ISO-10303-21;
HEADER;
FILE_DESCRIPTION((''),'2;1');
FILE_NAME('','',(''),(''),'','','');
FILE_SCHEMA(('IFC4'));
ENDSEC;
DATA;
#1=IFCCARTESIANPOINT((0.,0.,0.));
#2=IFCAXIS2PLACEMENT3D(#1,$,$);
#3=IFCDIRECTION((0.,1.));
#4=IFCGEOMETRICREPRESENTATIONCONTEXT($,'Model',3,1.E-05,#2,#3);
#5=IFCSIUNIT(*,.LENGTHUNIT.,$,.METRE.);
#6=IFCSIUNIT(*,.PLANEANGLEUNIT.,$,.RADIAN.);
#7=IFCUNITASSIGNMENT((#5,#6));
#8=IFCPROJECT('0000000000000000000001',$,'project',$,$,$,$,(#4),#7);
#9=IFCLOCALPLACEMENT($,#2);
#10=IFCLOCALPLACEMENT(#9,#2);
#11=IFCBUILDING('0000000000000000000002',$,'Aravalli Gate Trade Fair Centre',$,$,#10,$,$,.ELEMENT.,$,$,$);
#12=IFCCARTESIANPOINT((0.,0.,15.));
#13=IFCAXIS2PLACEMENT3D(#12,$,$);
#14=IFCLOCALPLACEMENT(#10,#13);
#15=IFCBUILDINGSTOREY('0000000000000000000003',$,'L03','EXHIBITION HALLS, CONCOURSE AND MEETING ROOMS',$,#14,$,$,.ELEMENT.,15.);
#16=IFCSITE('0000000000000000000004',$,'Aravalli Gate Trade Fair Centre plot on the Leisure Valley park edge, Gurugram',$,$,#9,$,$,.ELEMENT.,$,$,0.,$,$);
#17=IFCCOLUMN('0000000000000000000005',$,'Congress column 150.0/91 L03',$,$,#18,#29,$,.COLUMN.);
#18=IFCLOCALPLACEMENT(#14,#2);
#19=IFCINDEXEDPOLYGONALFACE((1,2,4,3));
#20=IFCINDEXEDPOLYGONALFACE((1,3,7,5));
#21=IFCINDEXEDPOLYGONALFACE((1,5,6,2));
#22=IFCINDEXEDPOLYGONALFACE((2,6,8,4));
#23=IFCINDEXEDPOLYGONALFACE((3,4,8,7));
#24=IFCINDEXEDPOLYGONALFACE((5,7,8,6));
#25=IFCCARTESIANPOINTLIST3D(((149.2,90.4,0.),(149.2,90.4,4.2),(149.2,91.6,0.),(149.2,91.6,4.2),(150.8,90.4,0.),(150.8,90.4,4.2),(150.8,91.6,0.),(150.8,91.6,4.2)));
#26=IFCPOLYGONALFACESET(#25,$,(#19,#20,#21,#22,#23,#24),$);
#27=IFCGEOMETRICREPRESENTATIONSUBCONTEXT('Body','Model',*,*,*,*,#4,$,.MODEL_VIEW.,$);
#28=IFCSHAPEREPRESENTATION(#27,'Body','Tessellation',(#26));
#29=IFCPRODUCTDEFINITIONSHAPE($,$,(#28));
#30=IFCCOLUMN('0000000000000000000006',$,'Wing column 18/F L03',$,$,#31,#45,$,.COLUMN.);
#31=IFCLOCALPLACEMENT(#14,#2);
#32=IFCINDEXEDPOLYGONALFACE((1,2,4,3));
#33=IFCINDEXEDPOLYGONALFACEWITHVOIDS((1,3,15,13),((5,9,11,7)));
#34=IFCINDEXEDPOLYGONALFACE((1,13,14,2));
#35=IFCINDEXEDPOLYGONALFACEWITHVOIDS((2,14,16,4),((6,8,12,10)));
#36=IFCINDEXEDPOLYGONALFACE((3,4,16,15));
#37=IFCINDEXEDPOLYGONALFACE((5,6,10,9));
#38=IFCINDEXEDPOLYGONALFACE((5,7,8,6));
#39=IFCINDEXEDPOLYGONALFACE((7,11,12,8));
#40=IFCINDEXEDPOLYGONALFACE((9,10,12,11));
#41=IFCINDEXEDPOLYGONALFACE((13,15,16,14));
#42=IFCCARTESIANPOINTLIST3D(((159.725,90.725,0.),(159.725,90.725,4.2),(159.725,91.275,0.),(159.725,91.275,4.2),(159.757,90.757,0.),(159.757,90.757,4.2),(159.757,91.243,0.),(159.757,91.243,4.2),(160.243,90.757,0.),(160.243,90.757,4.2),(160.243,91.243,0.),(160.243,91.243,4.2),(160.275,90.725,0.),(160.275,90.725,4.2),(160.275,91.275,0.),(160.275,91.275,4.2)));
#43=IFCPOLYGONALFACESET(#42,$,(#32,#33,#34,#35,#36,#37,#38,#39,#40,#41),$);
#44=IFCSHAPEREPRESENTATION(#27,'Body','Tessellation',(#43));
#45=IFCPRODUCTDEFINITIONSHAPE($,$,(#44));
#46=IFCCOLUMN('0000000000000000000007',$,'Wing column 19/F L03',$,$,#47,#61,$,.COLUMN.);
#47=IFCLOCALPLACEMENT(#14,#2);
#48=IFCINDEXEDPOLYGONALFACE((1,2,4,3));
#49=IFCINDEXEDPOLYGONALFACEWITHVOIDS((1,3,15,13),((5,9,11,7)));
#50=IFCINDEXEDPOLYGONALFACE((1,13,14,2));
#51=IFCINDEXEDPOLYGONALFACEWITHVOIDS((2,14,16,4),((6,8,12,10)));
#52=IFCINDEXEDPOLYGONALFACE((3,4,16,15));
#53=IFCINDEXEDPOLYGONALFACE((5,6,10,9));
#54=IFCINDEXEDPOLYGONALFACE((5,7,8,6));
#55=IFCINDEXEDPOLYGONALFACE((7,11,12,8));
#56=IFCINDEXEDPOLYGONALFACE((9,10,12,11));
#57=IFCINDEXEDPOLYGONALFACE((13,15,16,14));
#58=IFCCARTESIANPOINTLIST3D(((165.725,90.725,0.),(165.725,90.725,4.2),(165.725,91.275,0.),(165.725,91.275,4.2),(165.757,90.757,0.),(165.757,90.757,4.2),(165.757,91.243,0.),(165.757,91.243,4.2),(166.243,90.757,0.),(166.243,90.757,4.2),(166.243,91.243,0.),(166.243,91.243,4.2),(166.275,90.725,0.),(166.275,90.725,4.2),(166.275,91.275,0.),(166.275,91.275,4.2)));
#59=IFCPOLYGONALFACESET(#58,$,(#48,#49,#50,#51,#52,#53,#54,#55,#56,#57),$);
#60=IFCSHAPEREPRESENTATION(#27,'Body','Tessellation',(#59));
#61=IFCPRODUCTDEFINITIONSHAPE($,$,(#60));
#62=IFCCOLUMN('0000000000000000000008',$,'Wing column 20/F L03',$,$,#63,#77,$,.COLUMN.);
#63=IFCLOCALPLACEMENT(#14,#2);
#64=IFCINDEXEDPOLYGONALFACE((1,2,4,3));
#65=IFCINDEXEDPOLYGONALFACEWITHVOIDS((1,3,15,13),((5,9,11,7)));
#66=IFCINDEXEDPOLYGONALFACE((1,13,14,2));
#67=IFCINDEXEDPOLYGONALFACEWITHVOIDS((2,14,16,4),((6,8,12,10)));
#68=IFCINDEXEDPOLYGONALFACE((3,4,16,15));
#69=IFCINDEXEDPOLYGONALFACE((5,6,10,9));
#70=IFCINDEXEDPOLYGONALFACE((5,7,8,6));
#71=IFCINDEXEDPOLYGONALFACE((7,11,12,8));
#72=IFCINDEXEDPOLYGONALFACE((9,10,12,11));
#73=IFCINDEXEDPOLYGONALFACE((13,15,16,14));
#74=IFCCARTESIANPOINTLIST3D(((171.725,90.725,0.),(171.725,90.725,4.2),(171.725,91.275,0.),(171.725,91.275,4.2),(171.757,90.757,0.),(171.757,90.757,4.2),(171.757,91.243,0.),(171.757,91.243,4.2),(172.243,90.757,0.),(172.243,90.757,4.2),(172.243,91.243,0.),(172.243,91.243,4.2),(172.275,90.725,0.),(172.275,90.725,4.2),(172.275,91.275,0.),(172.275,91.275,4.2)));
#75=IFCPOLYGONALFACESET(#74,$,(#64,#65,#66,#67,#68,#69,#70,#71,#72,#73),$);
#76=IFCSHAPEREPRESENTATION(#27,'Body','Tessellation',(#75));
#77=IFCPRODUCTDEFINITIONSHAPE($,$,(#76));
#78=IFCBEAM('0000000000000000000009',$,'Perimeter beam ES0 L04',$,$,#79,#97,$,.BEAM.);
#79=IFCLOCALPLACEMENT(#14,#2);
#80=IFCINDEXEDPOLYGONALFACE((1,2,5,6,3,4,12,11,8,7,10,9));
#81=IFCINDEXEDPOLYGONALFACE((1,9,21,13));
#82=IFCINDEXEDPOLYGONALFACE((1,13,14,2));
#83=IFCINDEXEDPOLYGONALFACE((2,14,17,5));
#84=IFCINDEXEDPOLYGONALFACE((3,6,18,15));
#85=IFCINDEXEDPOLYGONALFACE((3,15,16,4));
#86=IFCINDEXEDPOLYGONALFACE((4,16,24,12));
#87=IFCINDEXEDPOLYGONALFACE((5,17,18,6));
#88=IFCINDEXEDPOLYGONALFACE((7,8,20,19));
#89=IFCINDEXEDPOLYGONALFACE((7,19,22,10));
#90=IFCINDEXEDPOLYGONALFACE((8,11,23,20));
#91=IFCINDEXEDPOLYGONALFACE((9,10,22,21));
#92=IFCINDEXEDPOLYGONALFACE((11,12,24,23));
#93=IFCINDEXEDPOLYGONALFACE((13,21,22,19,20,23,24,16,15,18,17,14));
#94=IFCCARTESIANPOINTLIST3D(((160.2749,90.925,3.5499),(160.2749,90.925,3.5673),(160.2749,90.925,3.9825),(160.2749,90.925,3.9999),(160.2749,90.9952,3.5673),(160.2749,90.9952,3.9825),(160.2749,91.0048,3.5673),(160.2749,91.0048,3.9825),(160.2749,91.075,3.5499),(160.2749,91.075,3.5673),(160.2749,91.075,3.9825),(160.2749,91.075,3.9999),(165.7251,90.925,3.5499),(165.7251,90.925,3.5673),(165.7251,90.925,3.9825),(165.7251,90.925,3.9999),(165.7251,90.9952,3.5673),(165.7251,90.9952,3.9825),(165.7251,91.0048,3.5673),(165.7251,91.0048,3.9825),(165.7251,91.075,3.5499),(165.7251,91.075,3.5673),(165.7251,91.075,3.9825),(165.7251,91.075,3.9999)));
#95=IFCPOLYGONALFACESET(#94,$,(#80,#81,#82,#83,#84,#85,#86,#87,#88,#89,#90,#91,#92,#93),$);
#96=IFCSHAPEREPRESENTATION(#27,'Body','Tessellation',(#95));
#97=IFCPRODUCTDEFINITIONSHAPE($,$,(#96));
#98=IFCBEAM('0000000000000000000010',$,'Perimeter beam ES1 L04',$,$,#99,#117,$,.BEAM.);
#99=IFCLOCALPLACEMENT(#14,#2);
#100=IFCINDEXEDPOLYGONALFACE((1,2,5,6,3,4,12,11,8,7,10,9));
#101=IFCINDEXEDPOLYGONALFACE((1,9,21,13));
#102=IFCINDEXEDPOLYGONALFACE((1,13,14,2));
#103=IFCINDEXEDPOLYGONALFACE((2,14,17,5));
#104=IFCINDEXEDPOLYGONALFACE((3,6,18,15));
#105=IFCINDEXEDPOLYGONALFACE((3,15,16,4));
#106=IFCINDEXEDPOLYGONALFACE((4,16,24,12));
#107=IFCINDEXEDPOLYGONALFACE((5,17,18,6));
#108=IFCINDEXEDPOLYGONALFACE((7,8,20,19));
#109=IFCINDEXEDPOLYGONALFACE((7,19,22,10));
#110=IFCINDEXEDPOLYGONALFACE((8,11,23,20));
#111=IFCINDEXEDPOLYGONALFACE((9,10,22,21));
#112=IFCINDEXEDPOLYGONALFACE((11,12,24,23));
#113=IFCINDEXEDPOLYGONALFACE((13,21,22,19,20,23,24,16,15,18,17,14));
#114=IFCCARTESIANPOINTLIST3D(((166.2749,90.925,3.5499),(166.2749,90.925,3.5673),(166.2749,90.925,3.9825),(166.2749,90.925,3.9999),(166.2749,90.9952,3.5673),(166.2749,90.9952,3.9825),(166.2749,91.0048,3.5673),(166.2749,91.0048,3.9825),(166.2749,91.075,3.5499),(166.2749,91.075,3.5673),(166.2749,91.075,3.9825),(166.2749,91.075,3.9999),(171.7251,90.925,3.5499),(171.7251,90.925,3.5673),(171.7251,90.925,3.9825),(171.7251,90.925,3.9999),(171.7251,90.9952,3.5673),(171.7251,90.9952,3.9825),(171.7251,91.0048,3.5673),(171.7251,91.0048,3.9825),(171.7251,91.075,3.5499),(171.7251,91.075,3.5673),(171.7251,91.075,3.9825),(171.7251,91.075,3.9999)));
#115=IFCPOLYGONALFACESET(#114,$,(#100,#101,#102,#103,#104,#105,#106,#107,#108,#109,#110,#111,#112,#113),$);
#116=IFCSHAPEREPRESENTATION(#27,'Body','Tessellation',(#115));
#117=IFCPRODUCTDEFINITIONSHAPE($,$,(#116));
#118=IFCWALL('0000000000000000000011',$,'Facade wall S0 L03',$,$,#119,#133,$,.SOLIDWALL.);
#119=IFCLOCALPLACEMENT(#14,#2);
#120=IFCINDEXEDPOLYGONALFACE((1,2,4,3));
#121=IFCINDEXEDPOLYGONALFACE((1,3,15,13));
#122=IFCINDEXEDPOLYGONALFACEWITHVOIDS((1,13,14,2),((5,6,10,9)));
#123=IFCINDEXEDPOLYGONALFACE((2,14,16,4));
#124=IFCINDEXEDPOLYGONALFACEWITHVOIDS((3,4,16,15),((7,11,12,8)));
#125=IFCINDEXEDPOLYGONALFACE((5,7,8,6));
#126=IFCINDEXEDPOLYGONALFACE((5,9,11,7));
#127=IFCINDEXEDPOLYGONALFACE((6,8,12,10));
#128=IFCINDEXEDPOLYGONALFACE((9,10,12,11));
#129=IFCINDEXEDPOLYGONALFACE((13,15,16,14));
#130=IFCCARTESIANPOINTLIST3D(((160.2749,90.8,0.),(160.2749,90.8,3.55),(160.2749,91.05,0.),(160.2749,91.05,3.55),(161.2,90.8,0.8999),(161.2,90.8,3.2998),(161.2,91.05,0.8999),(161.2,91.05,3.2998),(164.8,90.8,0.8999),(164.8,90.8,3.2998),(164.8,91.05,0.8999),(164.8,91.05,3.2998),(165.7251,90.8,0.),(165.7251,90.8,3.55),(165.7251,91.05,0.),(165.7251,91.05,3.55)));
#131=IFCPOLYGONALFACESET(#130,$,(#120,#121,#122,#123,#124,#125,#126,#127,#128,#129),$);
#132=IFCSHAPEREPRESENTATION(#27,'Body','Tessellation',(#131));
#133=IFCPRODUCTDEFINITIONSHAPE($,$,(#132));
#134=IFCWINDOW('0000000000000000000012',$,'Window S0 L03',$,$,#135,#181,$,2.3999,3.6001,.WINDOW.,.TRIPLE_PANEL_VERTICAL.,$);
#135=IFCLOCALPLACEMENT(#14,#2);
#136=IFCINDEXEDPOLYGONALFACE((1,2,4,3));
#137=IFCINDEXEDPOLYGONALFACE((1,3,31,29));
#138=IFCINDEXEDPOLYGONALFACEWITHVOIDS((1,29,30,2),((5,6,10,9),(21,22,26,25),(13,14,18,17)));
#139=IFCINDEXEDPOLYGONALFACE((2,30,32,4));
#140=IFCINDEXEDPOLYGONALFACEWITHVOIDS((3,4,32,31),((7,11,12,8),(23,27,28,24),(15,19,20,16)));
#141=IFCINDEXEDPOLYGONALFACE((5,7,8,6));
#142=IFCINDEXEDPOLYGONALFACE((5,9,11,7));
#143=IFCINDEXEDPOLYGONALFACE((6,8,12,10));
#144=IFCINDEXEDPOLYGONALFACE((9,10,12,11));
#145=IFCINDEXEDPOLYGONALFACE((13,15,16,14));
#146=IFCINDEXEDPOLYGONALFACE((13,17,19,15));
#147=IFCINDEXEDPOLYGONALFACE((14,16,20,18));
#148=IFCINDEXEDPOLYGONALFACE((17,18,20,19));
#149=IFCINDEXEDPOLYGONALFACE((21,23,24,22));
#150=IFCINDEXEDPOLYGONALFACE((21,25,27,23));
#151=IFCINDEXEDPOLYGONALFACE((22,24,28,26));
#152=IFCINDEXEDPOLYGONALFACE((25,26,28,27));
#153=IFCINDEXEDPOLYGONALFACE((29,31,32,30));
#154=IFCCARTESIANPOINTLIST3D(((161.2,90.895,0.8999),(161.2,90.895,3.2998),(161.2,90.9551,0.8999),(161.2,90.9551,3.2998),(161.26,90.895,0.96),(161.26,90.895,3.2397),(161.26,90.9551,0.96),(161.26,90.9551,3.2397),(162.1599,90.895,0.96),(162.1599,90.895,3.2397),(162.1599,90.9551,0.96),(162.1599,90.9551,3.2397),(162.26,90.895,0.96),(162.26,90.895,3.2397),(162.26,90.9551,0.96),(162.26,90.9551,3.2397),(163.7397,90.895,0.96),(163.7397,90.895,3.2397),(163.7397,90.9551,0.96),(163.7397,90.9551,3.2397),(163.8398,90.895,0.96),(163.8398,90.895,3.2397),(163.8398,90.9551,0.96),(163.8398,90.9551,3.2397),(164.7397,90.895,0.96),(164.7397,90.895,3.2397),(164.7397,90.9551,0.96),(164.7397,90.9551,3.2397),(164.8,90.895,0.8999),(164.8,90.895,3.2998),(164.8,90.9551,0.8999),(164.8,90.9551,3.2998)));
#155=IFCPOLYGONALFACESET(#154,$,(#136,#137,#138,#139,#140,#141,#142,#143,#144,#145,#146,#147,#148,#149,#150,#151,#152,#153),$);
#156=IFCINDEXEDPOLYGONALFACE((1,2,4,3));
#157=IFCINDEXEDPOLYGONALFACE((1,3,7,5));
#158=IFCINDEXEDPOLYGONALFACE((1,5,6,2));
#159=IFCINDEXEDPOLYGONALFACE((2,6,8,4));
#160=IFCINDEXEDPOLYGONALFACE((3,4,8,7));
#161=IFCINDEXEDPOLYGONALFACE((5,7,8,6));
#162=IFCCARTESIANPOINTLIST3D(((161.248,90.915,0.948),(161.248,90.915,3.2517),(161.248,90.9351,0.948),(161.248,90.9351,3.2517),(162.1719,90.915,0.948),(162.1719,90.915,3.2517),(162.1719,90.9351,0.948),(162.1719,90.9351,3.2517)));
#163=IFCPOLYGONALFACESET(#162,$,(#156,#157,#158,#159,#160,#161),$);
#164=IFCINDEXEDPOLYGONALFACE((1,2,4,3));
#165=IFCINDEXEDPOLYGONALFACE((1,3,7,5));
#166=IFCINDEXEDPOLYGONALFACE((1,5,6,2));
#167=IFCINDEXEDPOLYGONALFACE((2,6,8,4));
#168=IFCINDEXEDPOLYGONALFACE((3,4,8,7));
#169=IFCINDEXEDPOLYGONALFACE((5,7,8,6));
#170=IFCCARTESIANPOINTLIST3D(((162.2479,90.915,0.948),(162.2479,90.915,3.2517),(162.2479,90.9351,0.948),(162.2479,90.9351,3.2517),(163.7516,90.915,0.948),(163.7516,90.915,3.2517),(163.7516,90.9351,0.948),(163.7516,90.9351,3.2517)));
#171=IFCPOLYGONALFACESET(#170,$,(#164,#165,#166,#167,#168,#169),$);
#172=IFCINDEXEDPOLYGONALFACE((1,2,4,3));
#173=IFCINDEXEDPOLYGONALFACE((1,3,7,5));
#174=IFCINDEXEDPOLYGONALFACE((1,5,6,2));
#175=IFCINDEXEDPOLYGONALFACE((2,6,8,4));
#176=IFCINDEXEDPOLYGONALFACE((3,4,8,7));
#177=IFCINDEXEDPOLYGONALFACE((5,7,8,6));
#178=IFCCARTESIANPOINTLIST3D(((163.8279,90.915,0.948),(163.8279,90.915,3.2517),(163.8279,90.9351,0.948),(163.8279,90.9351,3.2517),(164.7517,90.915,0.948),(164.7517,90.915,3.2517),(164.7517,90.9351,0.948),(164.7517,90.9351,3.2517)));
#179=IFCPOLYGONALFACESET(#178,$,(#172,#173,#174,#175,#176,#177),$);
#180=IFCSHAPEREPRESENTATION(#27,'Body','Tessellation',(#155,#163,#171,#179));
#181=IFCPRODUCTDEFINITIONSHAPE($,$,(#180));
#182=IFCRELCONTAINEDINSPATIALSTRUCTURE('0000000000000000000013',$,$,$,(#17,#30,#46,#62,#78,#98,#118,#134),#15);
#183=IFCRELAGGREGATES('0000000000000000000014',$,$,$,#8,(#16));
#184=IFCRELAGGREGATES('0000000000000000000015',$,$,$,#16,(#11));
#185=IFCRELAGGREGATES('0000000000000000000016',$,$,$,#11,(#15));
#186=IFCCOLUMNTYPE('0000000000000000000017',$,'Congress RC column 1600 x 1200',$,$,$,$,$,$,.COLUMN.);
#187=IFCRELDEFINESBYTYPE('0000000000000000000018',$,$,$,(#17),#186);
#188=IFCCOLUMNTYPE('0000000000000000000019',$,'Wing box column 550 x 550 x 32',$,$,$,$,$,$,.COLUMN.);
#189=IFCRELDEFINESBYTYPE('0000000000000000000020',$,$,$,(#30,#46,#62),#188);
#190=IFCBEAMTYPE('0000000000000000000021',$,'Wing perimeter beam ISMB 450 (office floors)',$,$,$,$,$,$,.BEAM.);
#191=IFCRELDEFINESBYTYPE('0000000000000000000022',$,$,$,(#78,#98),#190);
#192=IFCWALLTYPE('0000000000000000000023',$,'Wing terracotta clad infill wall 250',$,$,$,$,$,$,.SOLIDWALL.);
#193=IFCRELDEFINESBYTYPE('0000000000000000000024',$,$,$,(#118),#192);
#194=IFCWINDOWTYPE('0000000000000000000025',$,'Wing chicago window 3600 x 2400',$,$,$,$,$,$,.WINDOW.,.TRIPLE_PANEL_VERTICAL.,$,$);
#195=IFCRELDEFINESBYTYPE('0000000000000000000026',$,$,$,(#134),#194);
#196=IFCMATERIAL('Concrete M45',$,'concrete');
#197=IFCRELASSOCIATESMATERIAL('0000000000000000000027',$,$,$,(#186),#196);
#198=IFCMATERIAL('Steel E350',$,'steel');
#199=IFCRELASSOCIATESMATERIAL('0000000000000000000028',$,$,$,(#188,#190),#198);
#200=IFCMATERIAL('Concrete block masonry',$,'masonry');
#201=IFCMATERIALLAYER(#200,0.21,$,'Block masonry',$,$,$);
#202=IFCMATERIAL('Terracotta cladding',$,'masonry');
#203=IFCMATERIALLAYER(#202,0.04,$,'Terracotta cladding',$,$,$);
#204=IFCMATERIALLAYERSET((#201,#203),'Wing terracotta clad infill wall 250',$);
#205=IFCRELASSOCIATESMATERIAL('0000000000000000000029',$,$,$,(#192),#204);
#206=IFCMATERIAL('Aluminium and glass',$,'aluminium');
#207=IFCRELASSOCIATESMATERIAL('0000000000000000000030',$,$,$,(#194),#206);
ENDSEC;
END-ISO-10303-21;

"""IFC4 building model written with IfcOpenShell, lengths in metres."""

from ifc_helpers import new_model, si_unit, direction, frame, frame_2d, origin, origin_2d, place, context, subcontext, project, spatial, polyline, rectangle, hollow_rectangle, i_section, outline, extrude, material, layer, layer_set, material_profile, profile_set, type_object, element, fill, save


model = new_model("IFC4")

# Units and contexts
model_context = context("Model", 3, precision=1e-05, world=origin(), true_north=direction((0.0, 1.0)))
body_context = subcontext(model_context, "Body", "Model", "MODEL_VIEW")
ifc_project = project(units=[si_unit("LENGTHUNIT", "METRE"), si_unit("PLANEANGLEUNIT", "RADIAN")], contexts=[model_context])

# Site, building, storey
site_placement = place(None, origin())
site = spatial("IfcSite", under=ifc_project, at=site_placement, Name="Aravalli Gate Trade Fair Centre plot on the Leisure Valley park edge, Gurugram", CompositionType="ELEMENT", RefElevation=0.0)
building_placement = place(site_placement, origin())
building = spatial("IfcBuilding", under=site, at=building_placement, Name="Aravalli Gate Trade Fair Centre", CompositionType="ELEMENT")
storey_placement = place(building_placement, frame((0.0, 0.0, 15.0)))
storey = spatial("IfcBuildingStorey", under=building, at=storey_placement, Name="L03", Description="EXHIBITION HALLS, CONCOURSE AND MEETING ROOMS", CompositionType="ELEMENT", Elevation=15.0)

# Columns
ifc_material_1 = material(Name="Concrete M45", Category="concrete")
ifc_material_profile_1 = material_profile(ifc_material_1, rectangle(XDim=1.6001, YDim=1.2, at=origin_2d()), Name="RC 1600x1200")
ifc_profile_set_1 = profile_set([ifc_material_profile_1], Name="Concrete M45")
column_type_1 = type_object("IfcColumnType", Name="Congress RC column 1600 x 1200", PredefinedType="COLUMN", material=ifc_profile_set_1)
column_placement = place(storey_placement, frame((150.0, 91.0, 0.0), z_axis=(0.0, 0.0, 1.0), x_axis=(1.0, 0.0, 0.0)))
element("IfcColumn", 1, at=column_placement, inside=storey, type_object=column_type_1, Name="Congress column 150.0/91 L03", PredefinedType="COLUMN", context=body_context, shape_type="SweptSolid", body=[
    extrude(rectangle(XDim=1.6001, YDim=1.2, at=origin_2d()), origin(), (0.0, 0.0, 1.0), 4.2),
])
ifc_material_2 = material(Name="Steel E350", Category="steel")
ifc_material_profile_2 = material_profile(ifc_material_2, hollow_rectangle(XDim=0.55, YDim=0.55, WallThickness=0.032, at=origin_2d()), Name="BOX 550x550x32")
ifc_profile_set_2 = profile_set([ifc_material_profile_2], Name="Steel E350")
column_type_2 = type_object("IfcColumnType", Name="Wing box column 550 x 550 x 32", PredefinedType="COLUMN", material=ifc_profile_set_2)
for number, where, z_axis, x_axis, name in (
    (2, (160.0, 91.0, 0.0), (0.0, 0.0, 1.0), (1.0, 0.0, 0.0), "Wing column 18/F L03"),
    (3, (166.0, 91.0, 0.0), (0.0, 0.0, 1.0), (1.0, 0.0, 0.0), "Wing column 19/F L03"),
    (4, (172.0, 91.0, 0.0), (0.0, 0.0, 1.0), (1.0, 0.0, 0.0), "Wing column 20/F L03"),
):
    element("IfcColumn", number, at=place(storey_placement, frame(where, z_axis=z_axis, x_axis=x_axis)), inside=storey, type_object=column_type_2, Name=name, PredefinedType="COLUMN", context=body_context, shape_type="SweptSolid", body=[
        extrude(hollow_rectangle(XDim=0.55, YDim=0.55, WallThickness=0.032, at=origin_2d()), origin(), (0.0, 0.0, 1.0), 4.2),
    ])

# Beams
ifc_material_profile_3 = material_profile(ifc_material_2, i_section(OverallWidth=0.1499, OverallDepth=0.45, WebThickness=0.0095, FlangeThickness=0.0173, at=origin_2d()), Name="ISMB 450")
ifc_profile_set_3 = profile_set([ifc_material_profile_3], Name="Steel E350")
beam_type = type_object("IfcBeamType", Name="Wing perimeter beam ISMB 450 (office floors)", PredefinedType="BEAM", material=ifc_profile_set_3)
for number, where, z_axis, x_axis, name in (
    (5, (160.2749, 91.0, 3.7749), (1.0, 0.0, 0.0), (0.0, 1.0, 0.0), "Perimeter beam ES0 L04"),
    (6, (166.2749, 91.0, 3.7749), (1.0, 0.0, 0.0), (0.0, 1.0, 0.0), "Perimeter beam ES1 L04"),
):
    element("IfcBeam", number, at=place(storey_placement, frame(where, z_axis=z_axis, x_axis=x_axis)), inside=storey, type_object=beam_type, Name=name, PredefinedType="BEAM", context=body_context, shape_type="SweptSolid", body=[
        extrude(i_section(OverallWidth=0.1499, OverallDepth=0.45, WebThickness=0.0095, FlangeThickness=0.0173, at=origin_2d()), origin(), (0.0, 0.0, 1.0), 5.4502),
    ])

# Wall, opening, window
ifc_material_3 = material(Name="Concrete block masonry", Category="masonry")
ifc_layer_1 = layer(ifc_material_3, 0.21, Name="Block masonry")
ifc_material_4 = material(Name="Terracotta cladding", Category="masonry")
ifc_layer_2 = layer(ifc_material_4, 0.04, Name="Terracotta cladding")
ifc_layer_set_1 = layer_set([ifc_layer_1, ifc_layer_2], Name="Wing terracotta clad infill wall 250")
wall_type = type_object("IfcWallType", Name="Wing terracotta clad infill wall 250", PredefinedType="SOLIDWALL", material=ifc_layer_set_1)
wall_1_placement = place(storey_placement, frame((160.2749, 90.925, 0.0), z_axis=(0.0, 0.0, 1.0), x_axis=(1.0, 0.0, 0.0)))
wall_1 = element("IfcWall", 7, at=wall_1_placement, inside=storey, type_object=wall_type, Name="Facade wall S0 L03", PredefinedType="SOLIDWALL", context=body_context, shape_type="SweptSolid", body=[
    extrude(rectangle(XDim=5.4502, YDim=0.25, at=frame_2d((2.7251, 0.0))), origin(), (0.0, 0.0, 1.0), 3.55),
])
opening_1_placement = place(wall_1_placement, frame((0.925, 0.0, 0.8999)))
opening_1 = element("IfcOpeningElement", 8, at=opening_1_placement, cuts=wall_1, PredefinedType="OPENING", context=body_context, shape_type="SweptSolid", body=[
    extrude(rectangle(XDim=3.6001, YDim=2.3999, at=frame_2d((1.8, 1.2))), frame((0.0, 0.135, 0.0), z_axis=(0.0, -1.0, 0.0), x_axis=(1.0, 0.0, 0.0)), (0.0, 0.0, 1.0), 0.27),
])
ifc_material_5 = material(Name="Aluminium and glass", Category="aluminium")
window_type = type_object("IfcWindowType", Name="Wing chicago window 3600 x 2400", PartitioningType="TRIPLE_PANEL_VERTICAL", PredefinedType="WINDOW", material=ifc_material_5)
window_1_placement = place(opening_1_placement, origin())
window_1 = element("IfcWindow", 9, at=window_1_placement, inside=storey, type_object=window_type, Name="Window S0 L03", OverallHeight=2.3999, OverallWidth=3.6001, PartitioningType="TRIPLE_PANEL_VERTICAL", PredefinedType="WINDOW", context=body_context, shape_type="SweptSolid", body=[
    extrude(outline(polyline([(0.0, 0.0), (3.6001, 0.0), (3.6001, 2.3999), (0.0, 2.3999), (0.0, 0.0)]), holes=[polyline([(0.0601, 0.0601), (0.96, 0.0601), (0.96, 2.3398), (0.0601, 2.3398), (0.0601, 0.0601)]), polyline([(1.0601, 0.0601), (2.5398, 0.0601), (2.5398, 2.3398), (1.0601, 2.3398), (1.0601, 0.0601)]), polyline([(2.6399, 0.0601), (3.5398, 0.0601), (3.5398, 2.3398), (2.6399, 2.3398), (2.6399, 0.0601)])]), frame((0.0, 0.03, 0.0), z_axis=(0.0, -1.0, 0.0), x_axis=(1.0, 0.0, 0.0)), (0.0, 0.0, 1.0), 0.0601),
    extrude(rectangle(XDim=0.9238, YDim=2.3037, at=frame_2d((0.51, 1.2))), frame((0.0, 0.01, 0.0), z_axis=(0.0, -1.0, 0.0), x_axis=(1.0, 0.0, 0.0)), (0.0, 0.0, 1.0), 0.02),
    extrude(rectangle(XDim=1.5037, YDim=2.3037, at=frame_2d((1.7998, 1.2))), frame((0.0, 0.01, 0.0), z_axis=(0.0, -1.0, 0.0), x_axis=(1.0, 0.0, 0.0)), (0.0, 0.0, 1.0), 0.02),
    extrude(rectangle(XDim=0.9238, YDim=2.3037, at=frame_2d((3.0898, 1.2))), frame((0.0, 0.01, 0.0), z_axis=(0.0, -1.0, 0.0), x_axis=(1.0, 0.0, 0.0)), (0.0, 0.0, 1.0), 0.02),
])
fill(opening_1, window_1)

save(model, "model.ifc")
